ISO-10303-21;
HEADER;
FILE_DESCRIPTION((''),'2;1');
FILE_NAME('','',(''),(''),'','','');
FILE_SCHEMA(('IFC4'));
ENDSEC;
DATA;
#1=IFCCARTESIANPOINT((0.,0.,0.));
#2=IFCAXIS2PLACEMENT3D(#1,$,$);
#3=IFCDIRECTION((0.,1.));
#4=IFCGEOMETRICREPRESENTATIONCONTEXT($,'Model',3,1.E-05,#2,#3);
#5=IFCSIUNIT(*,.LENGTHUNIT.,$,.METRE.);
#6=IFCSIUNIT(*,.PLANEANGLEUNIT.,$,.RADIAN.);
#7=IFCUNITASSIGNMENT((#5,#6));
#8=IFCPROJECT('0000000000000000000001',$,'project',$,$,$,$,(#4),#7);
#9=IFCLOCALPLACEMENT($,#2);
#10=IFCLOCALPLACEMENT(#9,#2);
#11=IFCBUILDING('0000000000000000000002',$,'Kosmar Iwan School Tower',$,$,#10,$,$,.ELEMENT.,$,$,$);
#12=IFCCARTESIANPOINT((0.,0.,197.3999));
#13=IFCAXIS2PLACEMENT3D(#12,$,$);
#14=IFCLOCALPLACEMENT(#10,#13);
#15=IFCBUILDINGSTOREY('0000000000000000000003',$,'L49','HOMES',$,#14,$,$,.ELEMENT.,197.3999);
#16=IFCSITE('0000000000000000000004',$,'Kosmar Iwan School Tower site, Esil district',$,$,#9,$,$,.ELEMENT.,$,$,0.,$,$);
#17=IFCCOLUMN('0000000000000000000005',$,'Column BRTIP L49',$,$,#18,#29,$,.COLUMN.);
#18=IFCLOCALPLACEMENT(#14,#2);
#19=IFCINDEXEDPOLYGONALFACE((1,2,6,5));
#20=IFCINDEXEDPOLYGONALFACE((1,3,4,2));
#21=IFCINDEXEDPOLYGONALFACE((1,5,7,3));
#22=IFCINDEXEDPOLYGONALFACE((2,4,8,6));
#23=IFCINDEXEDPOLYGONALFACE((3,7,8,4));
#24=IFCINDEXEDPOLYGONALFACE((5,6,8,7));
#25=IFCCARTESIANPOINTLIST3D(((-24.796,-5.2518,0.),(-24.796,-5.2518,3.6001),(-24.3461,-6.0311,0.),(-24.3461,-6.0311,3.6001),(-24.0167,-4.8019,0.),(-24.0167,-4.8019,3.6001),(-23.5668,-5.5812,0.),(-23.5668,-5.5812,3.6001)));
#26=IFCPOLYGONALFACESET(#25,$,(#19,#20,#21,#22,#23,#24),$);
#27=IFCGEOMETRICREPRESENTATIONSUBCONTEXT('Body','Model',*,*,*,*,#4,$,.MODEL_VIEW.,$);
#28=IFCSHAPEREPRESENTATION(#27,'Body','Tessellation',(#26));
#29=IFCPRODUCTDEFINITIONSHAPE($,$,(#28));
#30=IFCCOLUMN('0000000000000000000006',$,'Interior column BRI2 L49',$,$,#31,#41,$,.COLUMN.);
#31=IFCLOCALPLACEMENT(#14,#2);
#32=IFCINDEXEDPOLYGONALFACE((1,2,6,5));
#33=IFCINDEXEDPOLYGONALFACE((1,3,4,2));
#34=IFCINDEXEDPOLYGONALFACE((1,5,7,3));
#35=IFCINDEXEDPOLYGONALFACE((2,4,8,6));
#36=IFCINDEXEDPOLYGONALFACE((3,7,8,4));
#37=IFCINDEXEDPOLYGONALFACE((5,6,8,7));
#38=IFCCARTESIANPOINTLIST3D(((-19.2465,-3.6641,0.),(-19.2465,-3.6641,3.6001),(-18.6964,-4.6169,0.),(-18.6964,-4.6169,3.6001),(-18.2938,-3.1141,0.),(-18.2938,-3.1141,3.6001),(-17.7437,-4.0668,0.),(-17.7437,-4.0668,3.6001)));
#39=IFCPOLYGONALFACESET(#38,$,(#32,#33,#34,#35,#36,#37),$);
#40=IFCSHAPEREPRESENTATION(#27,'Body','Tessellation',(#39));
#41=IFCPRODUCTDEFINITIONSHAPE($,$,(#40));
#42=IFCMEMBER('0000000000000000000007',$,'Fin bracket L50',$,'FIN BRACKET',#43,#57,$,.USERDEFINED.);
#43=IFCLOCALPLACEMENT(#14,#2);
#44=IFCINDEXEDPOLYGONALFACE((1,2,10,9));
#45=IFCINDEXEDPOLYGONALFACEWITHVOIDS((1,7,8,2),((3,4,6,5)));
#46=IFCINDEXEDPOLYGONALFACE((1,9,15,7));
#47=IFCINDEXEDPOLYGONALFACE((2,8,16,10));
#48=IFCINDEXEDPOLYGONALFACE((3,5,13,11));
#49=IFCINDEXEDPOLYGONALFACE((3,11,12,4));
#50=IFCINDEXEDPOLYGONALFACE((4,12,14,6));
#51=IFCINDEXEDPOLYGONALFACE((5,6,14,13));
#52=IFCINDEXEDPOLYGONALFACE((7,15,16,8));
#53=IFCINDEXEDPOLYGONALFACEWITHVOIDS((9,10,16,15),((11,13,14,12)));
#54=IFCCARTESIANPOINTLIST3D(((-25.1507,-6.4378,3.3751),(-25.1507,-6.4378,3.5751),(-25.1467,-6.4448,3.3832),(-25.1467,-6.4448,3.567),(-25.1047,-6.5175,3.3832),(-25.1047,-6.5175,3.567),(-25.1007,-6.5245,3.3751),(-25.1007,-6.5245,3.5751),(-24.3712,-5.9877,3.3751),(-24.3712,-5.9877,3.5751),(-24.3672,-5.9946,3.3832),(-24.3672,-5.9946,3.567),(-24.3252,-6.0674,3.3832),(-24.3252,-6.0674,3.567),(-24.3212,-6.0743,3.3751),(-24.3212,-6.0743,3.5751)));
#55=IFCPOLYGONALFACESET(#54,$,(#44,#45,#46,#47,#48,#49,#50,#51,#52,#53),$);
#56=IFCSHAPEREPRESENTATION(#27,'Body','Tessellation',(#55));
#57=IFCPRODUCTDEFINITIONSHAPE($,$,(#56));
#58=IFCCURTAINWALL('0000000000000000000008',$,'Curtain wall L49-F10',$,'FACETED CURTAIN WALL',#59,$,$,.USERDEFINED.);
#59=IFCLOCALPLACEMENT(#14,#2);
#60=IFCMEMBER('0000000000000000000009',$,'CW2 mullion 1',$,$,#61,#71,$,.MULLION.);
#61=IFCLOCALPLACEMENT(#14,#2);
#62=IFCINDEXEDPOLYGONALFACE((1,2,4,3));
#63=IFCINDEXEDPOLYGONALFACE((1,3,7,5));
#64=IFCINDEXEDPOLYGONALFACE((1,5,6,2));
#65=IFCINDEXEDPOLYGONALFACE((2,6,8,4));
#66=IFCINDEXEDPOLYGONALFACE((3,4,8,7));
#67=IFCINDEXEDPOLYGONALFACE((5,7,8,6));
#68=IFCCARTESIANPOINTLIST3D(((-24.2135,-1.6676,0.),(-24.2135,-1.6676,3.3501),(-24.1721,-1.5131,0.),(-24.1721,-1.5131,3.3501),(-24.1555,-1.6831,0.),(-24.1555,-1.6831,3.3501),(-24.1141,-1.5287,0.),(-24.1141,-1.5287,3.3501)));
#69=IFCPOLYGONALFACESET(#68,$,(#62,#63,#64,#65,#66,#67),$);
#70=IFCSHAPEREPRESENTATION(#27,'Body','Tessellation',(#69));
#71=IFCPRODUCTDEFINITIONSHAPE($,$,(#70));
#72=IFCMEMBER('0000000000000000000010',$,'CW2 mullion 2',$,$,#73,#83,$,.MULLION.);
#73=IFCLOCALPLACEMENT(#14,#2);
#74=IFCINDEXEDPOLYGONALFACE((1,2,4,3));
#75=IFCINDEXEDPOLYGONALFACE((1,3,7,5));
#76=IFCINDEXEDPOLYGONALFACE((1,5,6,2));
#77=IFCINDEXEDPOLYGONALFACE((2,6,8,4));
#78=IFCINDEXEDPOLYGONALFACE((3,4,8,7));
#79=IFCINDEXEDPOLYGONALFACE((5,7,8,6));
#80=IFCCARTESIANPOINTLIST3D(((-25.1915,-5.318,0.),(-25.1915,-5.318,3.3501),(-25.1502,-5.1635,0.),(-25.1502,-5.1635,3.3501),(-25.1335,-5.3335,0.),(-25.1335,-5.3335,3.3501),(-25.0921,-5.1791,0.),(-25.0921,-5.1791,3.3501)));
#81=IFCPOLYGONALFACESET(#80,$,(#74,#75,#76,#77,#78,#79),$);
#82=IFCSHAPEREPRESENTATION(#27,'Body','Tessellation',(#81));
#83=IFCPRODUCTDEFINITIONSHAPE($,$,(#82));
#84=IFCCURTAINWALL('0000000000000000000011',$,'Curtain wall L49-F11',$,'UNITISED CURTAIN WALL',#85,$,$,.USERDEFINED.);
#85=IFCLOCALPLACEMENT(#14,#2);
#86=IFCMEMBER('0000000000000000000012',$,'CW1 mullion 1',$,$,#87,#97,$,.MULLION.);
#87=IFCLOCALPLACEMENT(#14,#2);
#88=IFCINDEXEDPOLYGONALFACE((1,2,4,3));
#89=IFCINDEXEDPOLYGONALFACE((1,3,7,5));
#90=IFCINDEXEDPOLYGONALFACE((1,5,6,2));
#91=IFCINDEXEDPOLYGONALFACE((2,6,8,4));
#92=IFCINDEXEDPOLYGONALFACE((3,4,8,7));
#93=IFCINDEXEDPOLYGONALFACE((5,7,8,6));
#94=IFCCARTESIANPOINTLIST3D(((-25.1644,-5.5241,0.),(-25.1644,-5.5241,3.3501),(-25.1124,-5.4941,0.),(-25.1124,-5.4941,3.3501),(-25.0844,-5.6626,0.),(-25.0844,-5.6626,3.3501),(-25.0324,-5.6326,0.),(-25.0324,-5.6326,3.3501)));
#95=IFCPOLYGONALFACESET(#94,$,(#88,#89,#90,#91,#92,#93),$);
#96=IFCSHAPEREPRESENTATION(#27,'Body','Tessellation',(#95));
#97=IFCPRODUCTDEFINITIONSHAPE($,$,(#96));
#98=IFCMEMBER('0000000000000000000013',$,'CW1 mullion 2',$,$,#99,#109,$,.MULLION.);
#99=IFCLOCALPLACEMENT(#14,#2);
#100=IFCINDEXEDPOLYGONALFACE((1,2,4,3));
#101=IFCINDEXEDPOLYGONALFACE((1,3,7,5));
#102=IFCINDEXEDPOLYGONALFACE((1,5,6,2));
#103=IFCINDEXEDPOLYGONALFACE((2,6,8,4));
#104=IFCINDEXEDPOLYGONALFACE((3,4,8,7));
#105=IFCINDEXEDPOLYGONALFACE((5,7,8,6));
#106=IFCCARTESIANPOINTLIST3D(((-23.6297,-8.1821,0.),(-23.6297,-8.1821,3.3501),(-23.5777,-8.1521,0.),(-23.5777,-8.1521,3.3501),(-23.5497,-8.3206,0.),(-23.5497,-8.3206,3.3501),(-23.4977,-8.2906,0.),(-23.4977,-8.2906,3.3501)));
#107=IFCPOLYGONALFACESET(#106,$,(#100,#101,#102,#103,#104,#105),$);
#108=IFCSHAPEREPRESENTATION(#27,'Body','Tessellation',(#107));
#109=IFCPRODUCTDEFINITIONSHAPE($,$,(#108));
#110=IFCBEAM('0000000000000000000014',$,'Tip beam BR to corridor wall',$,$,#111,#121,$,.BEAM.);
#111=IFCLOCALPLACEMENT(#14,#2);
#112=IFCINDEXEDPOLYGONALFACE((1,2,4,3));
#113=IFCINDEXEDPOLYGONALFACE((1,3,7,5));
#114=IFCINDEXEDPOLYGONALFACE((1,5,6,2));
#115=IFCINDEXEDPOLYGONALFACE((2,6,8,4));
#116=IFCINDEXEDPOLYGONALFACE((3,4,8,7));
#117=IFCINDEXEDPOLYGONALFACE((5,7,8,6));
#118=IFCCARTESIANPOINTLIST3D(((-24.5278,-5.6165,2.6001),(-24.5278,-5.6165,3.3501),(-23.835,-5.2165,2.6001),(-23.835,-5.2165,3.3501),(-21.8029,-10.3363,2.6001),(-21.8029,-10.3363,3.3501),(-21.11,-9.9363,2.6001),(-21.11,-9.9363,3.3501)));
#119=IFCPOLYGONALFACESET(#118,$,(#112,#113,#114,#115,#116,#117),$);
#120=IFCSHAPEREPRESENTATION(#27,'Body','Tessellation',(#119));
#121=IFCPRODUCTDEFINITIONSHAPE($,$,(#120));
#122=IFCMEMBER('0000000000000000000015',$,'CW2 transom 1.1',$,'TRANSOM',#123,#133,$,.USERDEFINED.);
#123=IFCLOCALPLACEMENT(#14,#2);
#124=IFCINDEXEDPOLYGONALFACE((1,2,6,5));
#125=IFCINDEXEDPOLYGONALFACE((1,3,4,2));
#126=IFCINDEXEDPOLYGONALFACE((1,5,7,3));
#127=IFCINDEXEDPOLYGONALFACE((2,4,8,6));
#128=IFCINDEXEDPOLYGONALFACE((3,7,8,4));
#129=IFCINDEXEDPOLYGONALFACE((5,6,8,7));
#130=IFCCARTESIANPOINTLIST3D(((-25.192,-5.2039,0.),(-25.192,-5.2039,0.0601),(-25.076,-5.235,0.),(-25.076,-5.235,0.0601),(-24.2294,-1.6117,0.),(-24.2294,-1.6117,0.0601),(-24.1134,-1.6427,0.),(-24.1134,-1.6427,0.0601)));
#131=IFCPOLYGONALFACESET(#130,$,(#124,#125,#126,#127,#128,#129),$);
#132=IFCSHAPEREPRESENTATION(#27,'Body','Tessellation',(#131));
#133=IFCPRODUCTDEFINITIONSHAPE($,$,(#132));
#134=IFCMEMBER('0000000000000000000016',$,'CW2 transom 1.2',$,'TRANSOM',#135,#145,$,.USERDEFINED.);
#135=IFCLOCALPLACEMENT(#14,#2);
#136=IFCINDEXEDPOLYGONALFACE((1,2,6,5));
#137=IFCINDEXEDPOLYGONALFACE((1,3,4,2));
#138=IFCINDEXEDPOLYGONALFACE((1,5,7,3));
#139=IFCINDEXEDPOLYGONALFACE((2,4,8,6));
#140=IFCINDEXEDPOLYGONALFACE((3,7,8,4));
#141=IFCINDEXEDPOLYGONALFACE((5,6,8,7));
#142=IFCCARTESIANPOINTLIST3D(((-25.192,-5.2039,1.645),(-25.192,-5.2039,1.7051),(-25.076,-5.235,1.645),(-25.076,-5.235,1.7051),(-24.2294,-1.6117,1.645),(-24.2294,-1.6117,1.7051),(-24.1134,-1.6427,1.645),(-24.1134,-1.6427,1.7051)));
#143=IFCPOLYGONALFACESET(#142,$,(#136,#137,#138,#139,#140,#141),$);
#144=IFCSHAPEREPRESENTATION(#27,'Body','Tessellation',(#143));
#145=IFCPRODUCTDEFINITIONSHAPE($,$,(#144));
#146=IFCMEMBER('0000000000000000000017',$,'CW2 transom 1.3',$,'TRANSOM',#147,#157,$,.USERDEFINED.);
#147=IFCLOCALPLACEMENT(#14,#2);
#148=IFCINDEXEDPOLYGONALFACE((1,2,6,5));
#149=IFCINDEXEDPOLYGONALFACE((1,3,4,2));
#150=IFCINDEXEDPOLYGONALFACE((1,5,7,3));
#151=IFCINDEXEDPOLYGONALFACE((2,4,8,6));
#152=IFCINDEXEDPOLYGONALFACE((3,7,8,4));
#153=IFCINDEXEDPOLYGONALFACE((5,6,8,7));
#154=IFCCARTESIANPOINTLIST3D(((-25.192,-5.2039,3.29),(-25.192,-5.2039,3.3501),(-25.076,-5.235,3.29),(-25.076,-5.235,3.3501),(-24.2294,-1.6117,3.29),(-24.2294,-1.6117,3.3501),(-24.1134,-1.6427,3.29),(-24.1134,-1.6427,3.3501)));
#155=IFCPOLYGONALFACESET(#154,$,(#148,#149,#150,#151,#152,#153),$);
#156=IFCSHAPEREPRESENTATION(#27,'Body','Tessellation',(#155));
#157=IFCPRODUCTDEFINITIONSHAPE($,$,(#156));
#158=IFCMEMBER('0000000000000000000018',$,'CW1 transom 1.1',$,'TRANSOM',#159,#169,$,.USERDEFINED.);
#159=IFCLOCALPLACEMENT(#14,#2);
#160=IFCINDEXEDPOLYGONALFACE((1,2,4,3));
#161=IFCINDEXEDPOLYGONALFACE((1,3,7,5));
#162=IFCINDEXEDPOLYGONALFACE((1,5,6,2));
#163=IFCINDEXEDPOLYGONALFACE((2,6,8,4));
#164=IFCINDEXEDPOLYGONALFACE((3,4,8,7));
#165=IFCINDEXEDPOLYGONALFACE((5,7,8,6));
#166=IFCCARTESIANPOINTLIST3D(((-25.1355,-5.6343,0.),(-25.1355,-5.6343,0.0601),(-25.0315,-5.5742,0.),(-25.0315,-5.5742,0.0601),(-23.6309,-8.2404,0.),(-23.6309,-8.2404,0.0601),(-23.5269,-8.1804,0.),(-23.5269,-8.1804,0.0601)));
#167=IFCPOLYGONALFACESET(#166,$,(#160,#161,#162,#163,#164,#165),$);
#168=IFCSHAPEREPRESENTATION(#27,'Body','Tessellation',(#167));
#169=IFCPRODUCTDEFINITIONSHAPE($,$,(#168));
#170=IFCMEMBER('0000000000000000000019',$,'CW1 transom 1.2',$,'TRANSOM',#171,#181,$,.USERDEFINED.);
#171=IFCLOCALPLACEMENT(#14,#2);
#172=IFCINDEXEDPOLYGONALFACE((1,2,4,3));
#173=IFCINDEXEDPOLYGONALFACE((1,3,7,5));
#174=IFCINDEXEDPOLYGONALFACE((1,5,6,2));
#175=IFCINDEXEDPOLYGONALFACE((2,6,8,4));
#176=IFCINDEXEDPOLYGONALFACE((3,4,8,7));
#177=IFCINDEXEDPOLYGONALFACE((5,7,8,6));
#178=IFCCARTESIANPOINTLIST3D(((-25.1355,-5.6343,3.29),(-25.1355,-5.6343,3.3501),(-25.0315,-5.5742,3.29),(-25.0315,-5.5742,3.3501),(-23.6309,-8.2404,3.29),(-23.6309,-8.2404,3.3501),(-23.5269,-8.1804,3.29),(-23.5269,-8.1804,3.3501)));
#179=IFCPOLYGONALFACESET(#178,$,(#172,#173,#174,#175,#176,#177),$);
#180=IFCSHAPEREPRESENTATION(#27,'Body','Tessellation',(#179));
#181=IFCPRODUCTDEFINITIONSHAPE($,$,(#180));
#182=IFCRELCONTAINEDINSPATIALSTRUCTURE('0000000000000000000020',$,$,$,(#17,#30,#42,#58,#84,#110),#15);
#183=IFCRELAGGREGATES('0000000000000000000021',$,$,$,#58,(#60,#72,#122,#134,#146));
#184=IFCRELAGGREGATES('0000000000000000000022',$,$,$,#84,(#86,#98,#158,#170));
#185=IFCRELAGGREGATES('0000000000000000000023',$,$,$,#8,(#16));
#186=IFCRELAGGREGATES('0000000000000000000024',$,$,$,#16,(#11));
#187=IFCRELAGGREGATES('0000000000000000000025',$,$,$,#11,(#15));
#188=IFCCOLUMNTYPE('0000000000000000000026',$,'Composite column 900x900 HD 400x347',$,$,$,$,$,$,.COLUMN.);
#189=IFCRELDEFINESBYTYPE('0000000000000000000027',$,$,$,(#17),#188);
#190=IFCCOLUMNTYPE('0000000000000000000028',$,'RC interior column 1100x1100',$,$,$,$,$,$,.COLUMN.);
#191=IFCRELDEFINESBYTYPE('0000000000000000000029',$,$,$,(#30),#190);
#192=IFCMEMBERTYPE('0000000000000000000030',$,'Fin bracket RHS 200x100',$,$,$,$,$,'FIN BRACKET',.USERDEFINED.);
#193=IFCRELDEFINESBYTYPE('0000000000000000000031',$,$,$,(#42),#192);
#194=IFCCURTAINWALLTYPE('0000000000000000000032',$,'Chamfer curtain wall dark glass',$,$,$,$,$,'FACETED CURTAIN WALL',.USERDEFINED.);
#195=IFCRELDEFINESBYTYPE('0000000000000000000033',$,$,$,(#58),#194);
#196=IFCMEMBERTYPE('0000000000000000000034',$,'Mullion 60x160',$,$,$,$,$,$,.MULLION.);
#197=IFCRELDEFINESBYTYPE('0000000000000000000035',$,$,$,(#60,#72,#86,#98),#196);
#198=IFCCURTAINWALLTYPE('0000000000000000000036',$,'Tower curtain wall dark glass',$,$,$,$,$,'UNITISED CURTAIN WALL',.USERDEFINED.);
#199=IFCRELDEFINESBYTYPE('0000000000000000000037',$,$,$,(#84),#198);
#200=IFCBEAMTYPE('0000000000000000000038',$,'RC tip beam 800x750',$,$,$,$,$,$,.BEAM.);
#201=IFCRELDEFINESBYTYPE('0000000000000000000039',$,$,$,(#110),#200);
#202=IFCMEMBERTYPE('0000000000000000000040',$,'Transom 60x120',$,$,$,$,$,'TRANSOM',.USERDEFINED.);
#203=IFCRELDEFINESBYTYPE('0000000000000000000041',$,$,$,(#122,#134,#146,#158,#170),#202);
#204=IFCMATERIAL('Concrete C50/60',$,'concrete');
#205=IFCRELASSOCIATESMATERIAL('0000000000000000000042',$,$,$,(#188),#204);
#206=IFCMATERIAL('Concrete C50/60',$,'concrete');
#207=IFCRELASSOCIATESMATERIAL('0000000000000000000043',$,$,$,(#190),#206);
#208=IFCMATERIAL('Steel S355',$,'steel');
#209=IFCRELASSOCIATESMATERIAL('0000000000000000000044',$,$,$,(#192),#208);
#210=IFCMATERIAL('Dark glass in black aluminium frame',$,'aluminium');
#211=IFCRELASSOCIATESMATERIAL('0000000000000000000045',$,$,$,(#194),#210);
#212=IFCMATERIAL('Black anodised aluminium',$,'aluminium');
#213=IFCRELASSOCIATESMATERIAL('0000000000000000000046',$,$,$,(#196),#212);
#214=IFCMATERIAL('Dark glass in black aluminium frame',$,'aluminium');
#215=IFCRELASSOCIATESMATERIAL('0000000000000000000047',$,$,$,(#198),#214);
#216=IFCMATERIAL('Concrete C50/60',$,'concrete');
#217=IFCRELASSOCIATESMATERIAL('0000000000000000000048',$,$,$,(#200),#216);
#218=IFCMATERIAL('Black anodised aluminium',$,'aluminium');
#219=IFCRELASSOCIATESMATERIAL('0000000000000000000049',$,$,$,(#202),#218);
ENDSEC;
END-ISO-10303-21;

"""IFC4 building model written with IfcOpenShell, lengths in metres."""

from ifc_helpers import new_model, si_unit, direction, frame, origin, origin_2d, place, context, subcontext, project, spatial, rectangle, hollow_rectangle, extrude, material, material_profile, profile_set, type_object, element, aggregate, save


model = new_model("IFC4")

# Units and contexts
model_context = context("Model", 3, precision=1e-05, world=origin(), true_north=direction((0.0, 1.0)))
body_context = subcontext(model_context, "Body", "Model", "MODEL_VIEW")
ifc_project = project(units=[si_unit("LENGTHUNIT", "METRE"), si_unit("PLANEANGLEUNIT", "RADIAN")], contexts=[model_context])

# Site, building, storey
site_placement = place(None, origin())
site = spatial("IfcSite", under=ifc_project, at=site_placement, Name="Kosmar Iwan School Tower site, Esil district", CompositionType="ELEMENT", RefElevation=0.0)
building_placement = place(site_placement, origin())
building = spatial("IfcBuilding", under=site, at=building_placement, Name="Kosmar Iwan School Tower", CompositionType="ELEMENT")
storey_placement = place(building_placement, frame((0.0, 0.0, 197.3999)))
storey = spatial("IfcBuildingStorey", under=building, at=storey_placement, Name="L49", Description="HOMES", CompositionType="ELEMENT", Elevation=197.3999)

# Columns
ifc_material_1 = material(Name="Concrete C50/60", Category="concrete")
ifc_material_profile_1 = material_profile(ifc_material_1, rectangle(XDim=0.8999, YDim=0.8999, at=origin_2d()), Name="RC 900x900 + HD 400x347")
ifc_profile_set_1 = profile_set([ifc_material_profile_1], Name="Concrete C50/60")
column_type_1 = type_object("IfcColumnType", Name="Composite column 900x900 HD 400x347", PredefinedType="COLUMN", material=ifc_profile_set_1)
column_1_placement = place(storey_placement, frame((-24.1814, -5.4165, 0.0), z_axis=(0.0, 0.0, 1.0), x_axis=(-0.866025, -0.5, 0.0)))
element("IfcColumn", 1, at=column_1_placement, inside=storey, type_object=column_type_1, Name="Column BRTIP L49", PredefinedType="COLUMN", context=body_context, shape_type="SweptSolid", body=[
    extrude(rectangle(XDim=0.8999, YDim=0.8999, at=origin_2d()), origin(), (0.0, 0.0, 1.0), 3.6001),
])
ifc_material_2 = material(Name="Concrete C50/60", Category="concrete")
ifc_material_profile_2 = material_profile(ifc_material_2, rectangle(XDim=1.1001, YDim=1.1001, at=origin_2d()), Name="RC 1100x1100")
ifc_profile_set_2 = profile_set([ifc_material_profile_2], Name="Concrete C50/60")
column_type_2 = type_object("IfcColumnType", Name="RC interior column 1100x1100", PredefinedType="COLUMN", material=ifc_profile_set_2)
column_2_placement = place(storey_placement, frame((-18.4951, -3.8655, 0.0), z_axis=(0.0, 0.0, 1.0), x_axis=(-0.866025, -0.5, 0.0)))
element("IfcColumn", 2, at=column_2_placement, inside=storey, type_object=column_type_2, Name="Interior column BRI2 L49", PredefinedType="COLUMN", context=body_context, shape_type="SweptSolid", body=[
    extrude(rectangle(XDim=1.1001, YDim=1.1001, at=origin_2d()), origin(), (0.0, 0.0, 1.0), 3.6001),
])

# Member
ifc_material_3 = material(Name="Steel S355", Category="steel")
ifc_material_profile_3 = material_profile(ifc_material_3, hollow_rectangle(XDim=0.1001, YDim=0.2, WallThickness=0.0081, at=origin_2d()), Name="RHS 200x100x8")
ifc_profile_set_3 = profile_set([ifc_material_profile_3], Name="Steel S355")
member_type_1 = type_object("IfcMemberType", Name="Fin bracket RHS 200x100", ElementType="FIN BRACKET", PredefinedType="USERDEFINED", material=ifc_profile_set_3)
member_1_placement = place(storey_placement, frame((-24.3462, -6.031, 3.4751), z_axis=(-0.865964, -0.500106, 0.0), x_axis=(0.500106, -0.865964, 0.0)))
element("IfcMember", 3, at=member_1_placement, inside=storey, type_object=member_type_1, Name="Fin bracket L50", ObjectType="FIN BRACKET", PredefinedType="USERDEFINED", context=body_context, shape_type="SweptSolid", body=[
    extrude(hollow_rectangle(XDim=0.1001, YDim=0.2, WallThickness=0.0081, at=origin_2d()), origin(), (0.0, 0.0, 1.0), 0.9001),
])

# Curtain walls, members
ifc_material_4 = material(Name="Dark glass in black aluminium frame", Category="aluminium")
curtain_wall_type_1 = type_object("IfcCurtainWallType", Name="Chamfer curtain wall dark glass", ElementType="FACETED CURTAIN WALL", PredefinedType="USERDEFINED", material=ifc_material_4)
curtain_wall_1_placement = place(storey_placement, origin())
curtain_wall_1 = element("IfcCurtainWall", 4, at=curtain_wall_1_placement, inside=storey, type_object=curtain_wall_type_1, Name="Curtain wall L49-F10", ObjectType="FACETED CURTAIN WALL", PredefinedType="USERDEFINED")
ifc_material_5 = material(Name="Black anodised aluminium", Category="aluminium")
ifc_material_profile_4 = material_profile(ifc_material_5, rectangle(XDim=0.0601, YDim=0.1599, at=origin_2d()), Name="MULLION 60x160")
ifc_profile_set_4 = profile_set([ifc_material_profile_4], Name="Black anodised aluminium")
member_type_2 = type_object("IfcMemberType", Name="Mullion 60x160", PredefinedType="MULLION", material=ifc_profile_set_4)
member_2_placement = place(storey_placement, frame((-24.1638, -1.5981, 0.0), z_axis=(0.0, 0.0, 1.0), x_axis=(0.965926, -0.258819, 0.0)))
member_2 = element("IfcMember", 5, at=member_2_placement, type_object=member_type_2, Name="CW2 mullion 1", PredefinedType="MULLION", context=body_context, shape_type="SweptSolid", body=[
    extrude(rectangle(XDim=0.0601, YDim=0.1599, at=origin_2d()), origin(), (0.0, 0.0, 1.0), 3.3501),
])
member_3_placement = place(storey_placement, frame((-25.1418, -5.2485, 0.0), z_axis=(0.0, 0.0, 1.0), x_axis=(0.965926, -0.258819, 0.0)))
member_3 = element("IfcMember", 6, at=member_3_placement, type_object=member_type_2, Name="CW2 mullion 2", PredefinedType="MULLION", context=body_context, shape_type="SweptSolid", body=[
    extrude(rectangle(XDim=0.0601, YDim=0.1599, at=origin_2d()), origin(), (0.0, 0.0, 1.0), 3.3501),
])
ifc_material_6 = material(Name="Dark glass in black aluminium frame", Category="aluminium")
curtain_wall_type_2 = type_object("IfcCurtainWallType", Name="Tower curtain wall dark glass", ElementType="UNITISED CURTAIN WALL", PredefinedType="USERDEFINED", material=ifc_material_6)
curtain_wall_2_placement = place(storey_placement, origin())
curtain_wall_2 = element("IfcCurtainWall", 7, at=curtain_wall_2_placement, inside=storey, type_object=curtain_wall_type_2, Name="Curtain wall L49-F11", ObjectType="UNITISED CURTAIN WALL", PredefinedType="USERDEFINED")
member_4_placement = place(storey_placement, frame((-25.0984, -5.5784, 0.0), z_axis=(0.0, 0.0, 1.0), x_axis=(0.866025, 0.5, 0.0)))
member_4 = element("IfcMember", 8, at=member_4_placement, type_object=member_type_2, Name="CW1 mullion 1", PredefinedType="MULLION", context=body_context, shape_type="SweptSolid", body=[
    extrude(rectangle(XDim=0.0601, YDim=0.1599, at=origin_2d()), origin(), (0.0, 0.0, 1.0), 3.3501),
])
member_5_placement = place(storey_placement, frame((-23.5637, -8.2363, 0.0), z_axis=(0.0, 0.0, 1.0), x_axis=(0.866025, 0.5, 0.0)))
member_5 = element("IfcMember", 9, at=member_5_placement, type_object=member_type_2, Name="CW1 mullion 2", PredefinedType="MULLION", context=body_context, shape_type="SweptSolid", body=[
    extrude(rectangle(XDim=0.0601, YDim=0.1599, at=origin_2d()), origin(), (0.0, 0.0, 1.0), 3.3501),
])

# Beam
ifc_material_7 = material(Name="Concrete C50/60", Category="concrete")
ifc_material_profile_5 = material_profile(ifc_material_7, rectangle(XDim=0.8, YDim=0.75, at=origin_2d()), Name="RC 800x750")
ifc_profile_set_5 = profile_set([ifc_material_profile_5], Name="Concrete C50/60")
beam_type = type_object("IfcBeamType", Name="RC tip beam 800x750", PredefinedType="BEAM", material=ifc_profile_set_5)
beam_placement = place(storey_placement, frame((-24.1814, -5.4165, 2.9751), z_axis=(0.499989, -0.866032, 0.0), x_axis=(0.866032, 0.499989, 0.0)))
element("IfcBeam", 10, at=beam_placement, inside=storey, type_object=beam_type, Name="Tip beam BR to corridor wall", PredefinedType="BEAM", context=body_context, shape_type="SweptSolid", body=[
    extrude(rectangle(XDim=0.8, YDim=0.75, at=origin_2d()), origin(), (0.0, 0.0, 1.0), 5.45),
])

# Members
ifc_material_8 = material(Name="Black anodised aluminium", Category="aluminium")
ifc_material_profile_6 = material_profile(ifc_material_8, rectangle(XDim=0.1201, YDim=0.0601, at=origin_2d()), Name="TRANSOM 60x120")
ifc_profile_set_6 = profile_set([ifc_material_profile_6], Name="Black anodised aluminium")
member_type_3 = type_object("IfcMemberType", Name="Transom 60x120", ElementType="TRANSOM", PredefinedType="USERDEFINED", material=ifc_profile_set_6)
member_6_placement = place(storey_placement, frame((-24.1714, -1.6272, 0.03), z_axis=(-0.258843, -0.965919, 0.0), x_axis=(0.965919, -0.258843, 0.0)))
member_6 = element("IfcMember", 11, at=member_6_placement, type_object=member_type_3, Name="CW2 transom 1.1", ObjectType="TRANSOM", PredefinedType="USERDEFINED", context=body_context, shape_type="SweptSolid", body=[
    extrude(rectangle(XDim=0.1201, YDim=0.0601, at=origin_2d()), origin(), (0.0, 0.0, 1.0), 3.719),
])
member_7_placement = place(storey_placement, frame((-24.1714, -1.6272, 1.675), z_axis=(-0.258843, -0.965919, 0.0), x_axis=(0.965919, -0.258843, 0.0)))
member_7 = element("IfcMember", 12, at=member_7_placement, type_object=member_type_3, Name="CW2 transom 1.2", ObjectType="TRANSOM", PredefinedType="USERDEFINED", context=body_context, shape_type="SweptSolid", body=[
    extrude(rectangle(XDim=0.1201, YDim=0.0601, at=origin_2d()), origin(), (0.0, 0.0, 1.0), 3.719),
])
member_8_placement = place(storey_placement, frame((-24.1714, -1.6272, 3.3201), z_axis=(-0.258843, -0.965919, 0.0), x_axis=(0.965919, -0.258843, 0.0)))
member_8 = element("IfcMember", 13, at=member_8_placement, type_object=member_type_3, Name="CW2 transom 1.3", ObjectType="TRANSOM", PredefinedType="USERDEFINED", context=body_context, shape_type="SweptSolid", body=[
    extrude(rectangle(XDim=0.1201, YDim=0.0601, at=origin_2d()), origin(), (0.0, 0.0, 1.0), 3.719),
])
member_9_placement = place(storey_placement, frame((-25.0835, -5.6042, 0.03), z_axis=(0.499987, -0.866033, 0.0), x_axis=(0.866033, 0.499987, 0.0)))
member_9 = element("IfcMember", 14, at=member_9_placement, type_object=member_type_3, Name="CW1 transom 1.1", ObjectType="TRANSOM", PredefinedType="USERDEFINED", context=body_context, shape_type="SweptSolid", body=[
    extrude(rectangle(XDim=0.1201, YDim=0.0601, at=origin_2d()), origin(), (0.0, 0.0, 1.0), 3.0093),
])
member_10_placement = place(storey_placement, frame((-25.0835, -5.6042, 3.3201), z_axis=(0.499987, -0.866033, 0.0), x_axis=(0.866033, 0.499987, 0.0)))
member_10 = element("IfcMember", 15, at=member_10_placement, type_object=member_type_3, Name="CW1 transom 1.2", ObjectType="TRANSOM", PredefinedType="USERDEFINED", context=body_context, shape_type="SweptSolid", body=[
    extrude(rectangle(XDim=0.1201, YDim=0.0601, at=origin_2d()), origin(), (0.0, 0.0, 1.0), 3.0093),
])

aggregate(curtain_wall_1, [member_2, member_3, member_6, member_7, member_8])
aggregate(curtain_wall_2, [member_4, member_5, member_9, member_10])

save(model, "model.ifc")
